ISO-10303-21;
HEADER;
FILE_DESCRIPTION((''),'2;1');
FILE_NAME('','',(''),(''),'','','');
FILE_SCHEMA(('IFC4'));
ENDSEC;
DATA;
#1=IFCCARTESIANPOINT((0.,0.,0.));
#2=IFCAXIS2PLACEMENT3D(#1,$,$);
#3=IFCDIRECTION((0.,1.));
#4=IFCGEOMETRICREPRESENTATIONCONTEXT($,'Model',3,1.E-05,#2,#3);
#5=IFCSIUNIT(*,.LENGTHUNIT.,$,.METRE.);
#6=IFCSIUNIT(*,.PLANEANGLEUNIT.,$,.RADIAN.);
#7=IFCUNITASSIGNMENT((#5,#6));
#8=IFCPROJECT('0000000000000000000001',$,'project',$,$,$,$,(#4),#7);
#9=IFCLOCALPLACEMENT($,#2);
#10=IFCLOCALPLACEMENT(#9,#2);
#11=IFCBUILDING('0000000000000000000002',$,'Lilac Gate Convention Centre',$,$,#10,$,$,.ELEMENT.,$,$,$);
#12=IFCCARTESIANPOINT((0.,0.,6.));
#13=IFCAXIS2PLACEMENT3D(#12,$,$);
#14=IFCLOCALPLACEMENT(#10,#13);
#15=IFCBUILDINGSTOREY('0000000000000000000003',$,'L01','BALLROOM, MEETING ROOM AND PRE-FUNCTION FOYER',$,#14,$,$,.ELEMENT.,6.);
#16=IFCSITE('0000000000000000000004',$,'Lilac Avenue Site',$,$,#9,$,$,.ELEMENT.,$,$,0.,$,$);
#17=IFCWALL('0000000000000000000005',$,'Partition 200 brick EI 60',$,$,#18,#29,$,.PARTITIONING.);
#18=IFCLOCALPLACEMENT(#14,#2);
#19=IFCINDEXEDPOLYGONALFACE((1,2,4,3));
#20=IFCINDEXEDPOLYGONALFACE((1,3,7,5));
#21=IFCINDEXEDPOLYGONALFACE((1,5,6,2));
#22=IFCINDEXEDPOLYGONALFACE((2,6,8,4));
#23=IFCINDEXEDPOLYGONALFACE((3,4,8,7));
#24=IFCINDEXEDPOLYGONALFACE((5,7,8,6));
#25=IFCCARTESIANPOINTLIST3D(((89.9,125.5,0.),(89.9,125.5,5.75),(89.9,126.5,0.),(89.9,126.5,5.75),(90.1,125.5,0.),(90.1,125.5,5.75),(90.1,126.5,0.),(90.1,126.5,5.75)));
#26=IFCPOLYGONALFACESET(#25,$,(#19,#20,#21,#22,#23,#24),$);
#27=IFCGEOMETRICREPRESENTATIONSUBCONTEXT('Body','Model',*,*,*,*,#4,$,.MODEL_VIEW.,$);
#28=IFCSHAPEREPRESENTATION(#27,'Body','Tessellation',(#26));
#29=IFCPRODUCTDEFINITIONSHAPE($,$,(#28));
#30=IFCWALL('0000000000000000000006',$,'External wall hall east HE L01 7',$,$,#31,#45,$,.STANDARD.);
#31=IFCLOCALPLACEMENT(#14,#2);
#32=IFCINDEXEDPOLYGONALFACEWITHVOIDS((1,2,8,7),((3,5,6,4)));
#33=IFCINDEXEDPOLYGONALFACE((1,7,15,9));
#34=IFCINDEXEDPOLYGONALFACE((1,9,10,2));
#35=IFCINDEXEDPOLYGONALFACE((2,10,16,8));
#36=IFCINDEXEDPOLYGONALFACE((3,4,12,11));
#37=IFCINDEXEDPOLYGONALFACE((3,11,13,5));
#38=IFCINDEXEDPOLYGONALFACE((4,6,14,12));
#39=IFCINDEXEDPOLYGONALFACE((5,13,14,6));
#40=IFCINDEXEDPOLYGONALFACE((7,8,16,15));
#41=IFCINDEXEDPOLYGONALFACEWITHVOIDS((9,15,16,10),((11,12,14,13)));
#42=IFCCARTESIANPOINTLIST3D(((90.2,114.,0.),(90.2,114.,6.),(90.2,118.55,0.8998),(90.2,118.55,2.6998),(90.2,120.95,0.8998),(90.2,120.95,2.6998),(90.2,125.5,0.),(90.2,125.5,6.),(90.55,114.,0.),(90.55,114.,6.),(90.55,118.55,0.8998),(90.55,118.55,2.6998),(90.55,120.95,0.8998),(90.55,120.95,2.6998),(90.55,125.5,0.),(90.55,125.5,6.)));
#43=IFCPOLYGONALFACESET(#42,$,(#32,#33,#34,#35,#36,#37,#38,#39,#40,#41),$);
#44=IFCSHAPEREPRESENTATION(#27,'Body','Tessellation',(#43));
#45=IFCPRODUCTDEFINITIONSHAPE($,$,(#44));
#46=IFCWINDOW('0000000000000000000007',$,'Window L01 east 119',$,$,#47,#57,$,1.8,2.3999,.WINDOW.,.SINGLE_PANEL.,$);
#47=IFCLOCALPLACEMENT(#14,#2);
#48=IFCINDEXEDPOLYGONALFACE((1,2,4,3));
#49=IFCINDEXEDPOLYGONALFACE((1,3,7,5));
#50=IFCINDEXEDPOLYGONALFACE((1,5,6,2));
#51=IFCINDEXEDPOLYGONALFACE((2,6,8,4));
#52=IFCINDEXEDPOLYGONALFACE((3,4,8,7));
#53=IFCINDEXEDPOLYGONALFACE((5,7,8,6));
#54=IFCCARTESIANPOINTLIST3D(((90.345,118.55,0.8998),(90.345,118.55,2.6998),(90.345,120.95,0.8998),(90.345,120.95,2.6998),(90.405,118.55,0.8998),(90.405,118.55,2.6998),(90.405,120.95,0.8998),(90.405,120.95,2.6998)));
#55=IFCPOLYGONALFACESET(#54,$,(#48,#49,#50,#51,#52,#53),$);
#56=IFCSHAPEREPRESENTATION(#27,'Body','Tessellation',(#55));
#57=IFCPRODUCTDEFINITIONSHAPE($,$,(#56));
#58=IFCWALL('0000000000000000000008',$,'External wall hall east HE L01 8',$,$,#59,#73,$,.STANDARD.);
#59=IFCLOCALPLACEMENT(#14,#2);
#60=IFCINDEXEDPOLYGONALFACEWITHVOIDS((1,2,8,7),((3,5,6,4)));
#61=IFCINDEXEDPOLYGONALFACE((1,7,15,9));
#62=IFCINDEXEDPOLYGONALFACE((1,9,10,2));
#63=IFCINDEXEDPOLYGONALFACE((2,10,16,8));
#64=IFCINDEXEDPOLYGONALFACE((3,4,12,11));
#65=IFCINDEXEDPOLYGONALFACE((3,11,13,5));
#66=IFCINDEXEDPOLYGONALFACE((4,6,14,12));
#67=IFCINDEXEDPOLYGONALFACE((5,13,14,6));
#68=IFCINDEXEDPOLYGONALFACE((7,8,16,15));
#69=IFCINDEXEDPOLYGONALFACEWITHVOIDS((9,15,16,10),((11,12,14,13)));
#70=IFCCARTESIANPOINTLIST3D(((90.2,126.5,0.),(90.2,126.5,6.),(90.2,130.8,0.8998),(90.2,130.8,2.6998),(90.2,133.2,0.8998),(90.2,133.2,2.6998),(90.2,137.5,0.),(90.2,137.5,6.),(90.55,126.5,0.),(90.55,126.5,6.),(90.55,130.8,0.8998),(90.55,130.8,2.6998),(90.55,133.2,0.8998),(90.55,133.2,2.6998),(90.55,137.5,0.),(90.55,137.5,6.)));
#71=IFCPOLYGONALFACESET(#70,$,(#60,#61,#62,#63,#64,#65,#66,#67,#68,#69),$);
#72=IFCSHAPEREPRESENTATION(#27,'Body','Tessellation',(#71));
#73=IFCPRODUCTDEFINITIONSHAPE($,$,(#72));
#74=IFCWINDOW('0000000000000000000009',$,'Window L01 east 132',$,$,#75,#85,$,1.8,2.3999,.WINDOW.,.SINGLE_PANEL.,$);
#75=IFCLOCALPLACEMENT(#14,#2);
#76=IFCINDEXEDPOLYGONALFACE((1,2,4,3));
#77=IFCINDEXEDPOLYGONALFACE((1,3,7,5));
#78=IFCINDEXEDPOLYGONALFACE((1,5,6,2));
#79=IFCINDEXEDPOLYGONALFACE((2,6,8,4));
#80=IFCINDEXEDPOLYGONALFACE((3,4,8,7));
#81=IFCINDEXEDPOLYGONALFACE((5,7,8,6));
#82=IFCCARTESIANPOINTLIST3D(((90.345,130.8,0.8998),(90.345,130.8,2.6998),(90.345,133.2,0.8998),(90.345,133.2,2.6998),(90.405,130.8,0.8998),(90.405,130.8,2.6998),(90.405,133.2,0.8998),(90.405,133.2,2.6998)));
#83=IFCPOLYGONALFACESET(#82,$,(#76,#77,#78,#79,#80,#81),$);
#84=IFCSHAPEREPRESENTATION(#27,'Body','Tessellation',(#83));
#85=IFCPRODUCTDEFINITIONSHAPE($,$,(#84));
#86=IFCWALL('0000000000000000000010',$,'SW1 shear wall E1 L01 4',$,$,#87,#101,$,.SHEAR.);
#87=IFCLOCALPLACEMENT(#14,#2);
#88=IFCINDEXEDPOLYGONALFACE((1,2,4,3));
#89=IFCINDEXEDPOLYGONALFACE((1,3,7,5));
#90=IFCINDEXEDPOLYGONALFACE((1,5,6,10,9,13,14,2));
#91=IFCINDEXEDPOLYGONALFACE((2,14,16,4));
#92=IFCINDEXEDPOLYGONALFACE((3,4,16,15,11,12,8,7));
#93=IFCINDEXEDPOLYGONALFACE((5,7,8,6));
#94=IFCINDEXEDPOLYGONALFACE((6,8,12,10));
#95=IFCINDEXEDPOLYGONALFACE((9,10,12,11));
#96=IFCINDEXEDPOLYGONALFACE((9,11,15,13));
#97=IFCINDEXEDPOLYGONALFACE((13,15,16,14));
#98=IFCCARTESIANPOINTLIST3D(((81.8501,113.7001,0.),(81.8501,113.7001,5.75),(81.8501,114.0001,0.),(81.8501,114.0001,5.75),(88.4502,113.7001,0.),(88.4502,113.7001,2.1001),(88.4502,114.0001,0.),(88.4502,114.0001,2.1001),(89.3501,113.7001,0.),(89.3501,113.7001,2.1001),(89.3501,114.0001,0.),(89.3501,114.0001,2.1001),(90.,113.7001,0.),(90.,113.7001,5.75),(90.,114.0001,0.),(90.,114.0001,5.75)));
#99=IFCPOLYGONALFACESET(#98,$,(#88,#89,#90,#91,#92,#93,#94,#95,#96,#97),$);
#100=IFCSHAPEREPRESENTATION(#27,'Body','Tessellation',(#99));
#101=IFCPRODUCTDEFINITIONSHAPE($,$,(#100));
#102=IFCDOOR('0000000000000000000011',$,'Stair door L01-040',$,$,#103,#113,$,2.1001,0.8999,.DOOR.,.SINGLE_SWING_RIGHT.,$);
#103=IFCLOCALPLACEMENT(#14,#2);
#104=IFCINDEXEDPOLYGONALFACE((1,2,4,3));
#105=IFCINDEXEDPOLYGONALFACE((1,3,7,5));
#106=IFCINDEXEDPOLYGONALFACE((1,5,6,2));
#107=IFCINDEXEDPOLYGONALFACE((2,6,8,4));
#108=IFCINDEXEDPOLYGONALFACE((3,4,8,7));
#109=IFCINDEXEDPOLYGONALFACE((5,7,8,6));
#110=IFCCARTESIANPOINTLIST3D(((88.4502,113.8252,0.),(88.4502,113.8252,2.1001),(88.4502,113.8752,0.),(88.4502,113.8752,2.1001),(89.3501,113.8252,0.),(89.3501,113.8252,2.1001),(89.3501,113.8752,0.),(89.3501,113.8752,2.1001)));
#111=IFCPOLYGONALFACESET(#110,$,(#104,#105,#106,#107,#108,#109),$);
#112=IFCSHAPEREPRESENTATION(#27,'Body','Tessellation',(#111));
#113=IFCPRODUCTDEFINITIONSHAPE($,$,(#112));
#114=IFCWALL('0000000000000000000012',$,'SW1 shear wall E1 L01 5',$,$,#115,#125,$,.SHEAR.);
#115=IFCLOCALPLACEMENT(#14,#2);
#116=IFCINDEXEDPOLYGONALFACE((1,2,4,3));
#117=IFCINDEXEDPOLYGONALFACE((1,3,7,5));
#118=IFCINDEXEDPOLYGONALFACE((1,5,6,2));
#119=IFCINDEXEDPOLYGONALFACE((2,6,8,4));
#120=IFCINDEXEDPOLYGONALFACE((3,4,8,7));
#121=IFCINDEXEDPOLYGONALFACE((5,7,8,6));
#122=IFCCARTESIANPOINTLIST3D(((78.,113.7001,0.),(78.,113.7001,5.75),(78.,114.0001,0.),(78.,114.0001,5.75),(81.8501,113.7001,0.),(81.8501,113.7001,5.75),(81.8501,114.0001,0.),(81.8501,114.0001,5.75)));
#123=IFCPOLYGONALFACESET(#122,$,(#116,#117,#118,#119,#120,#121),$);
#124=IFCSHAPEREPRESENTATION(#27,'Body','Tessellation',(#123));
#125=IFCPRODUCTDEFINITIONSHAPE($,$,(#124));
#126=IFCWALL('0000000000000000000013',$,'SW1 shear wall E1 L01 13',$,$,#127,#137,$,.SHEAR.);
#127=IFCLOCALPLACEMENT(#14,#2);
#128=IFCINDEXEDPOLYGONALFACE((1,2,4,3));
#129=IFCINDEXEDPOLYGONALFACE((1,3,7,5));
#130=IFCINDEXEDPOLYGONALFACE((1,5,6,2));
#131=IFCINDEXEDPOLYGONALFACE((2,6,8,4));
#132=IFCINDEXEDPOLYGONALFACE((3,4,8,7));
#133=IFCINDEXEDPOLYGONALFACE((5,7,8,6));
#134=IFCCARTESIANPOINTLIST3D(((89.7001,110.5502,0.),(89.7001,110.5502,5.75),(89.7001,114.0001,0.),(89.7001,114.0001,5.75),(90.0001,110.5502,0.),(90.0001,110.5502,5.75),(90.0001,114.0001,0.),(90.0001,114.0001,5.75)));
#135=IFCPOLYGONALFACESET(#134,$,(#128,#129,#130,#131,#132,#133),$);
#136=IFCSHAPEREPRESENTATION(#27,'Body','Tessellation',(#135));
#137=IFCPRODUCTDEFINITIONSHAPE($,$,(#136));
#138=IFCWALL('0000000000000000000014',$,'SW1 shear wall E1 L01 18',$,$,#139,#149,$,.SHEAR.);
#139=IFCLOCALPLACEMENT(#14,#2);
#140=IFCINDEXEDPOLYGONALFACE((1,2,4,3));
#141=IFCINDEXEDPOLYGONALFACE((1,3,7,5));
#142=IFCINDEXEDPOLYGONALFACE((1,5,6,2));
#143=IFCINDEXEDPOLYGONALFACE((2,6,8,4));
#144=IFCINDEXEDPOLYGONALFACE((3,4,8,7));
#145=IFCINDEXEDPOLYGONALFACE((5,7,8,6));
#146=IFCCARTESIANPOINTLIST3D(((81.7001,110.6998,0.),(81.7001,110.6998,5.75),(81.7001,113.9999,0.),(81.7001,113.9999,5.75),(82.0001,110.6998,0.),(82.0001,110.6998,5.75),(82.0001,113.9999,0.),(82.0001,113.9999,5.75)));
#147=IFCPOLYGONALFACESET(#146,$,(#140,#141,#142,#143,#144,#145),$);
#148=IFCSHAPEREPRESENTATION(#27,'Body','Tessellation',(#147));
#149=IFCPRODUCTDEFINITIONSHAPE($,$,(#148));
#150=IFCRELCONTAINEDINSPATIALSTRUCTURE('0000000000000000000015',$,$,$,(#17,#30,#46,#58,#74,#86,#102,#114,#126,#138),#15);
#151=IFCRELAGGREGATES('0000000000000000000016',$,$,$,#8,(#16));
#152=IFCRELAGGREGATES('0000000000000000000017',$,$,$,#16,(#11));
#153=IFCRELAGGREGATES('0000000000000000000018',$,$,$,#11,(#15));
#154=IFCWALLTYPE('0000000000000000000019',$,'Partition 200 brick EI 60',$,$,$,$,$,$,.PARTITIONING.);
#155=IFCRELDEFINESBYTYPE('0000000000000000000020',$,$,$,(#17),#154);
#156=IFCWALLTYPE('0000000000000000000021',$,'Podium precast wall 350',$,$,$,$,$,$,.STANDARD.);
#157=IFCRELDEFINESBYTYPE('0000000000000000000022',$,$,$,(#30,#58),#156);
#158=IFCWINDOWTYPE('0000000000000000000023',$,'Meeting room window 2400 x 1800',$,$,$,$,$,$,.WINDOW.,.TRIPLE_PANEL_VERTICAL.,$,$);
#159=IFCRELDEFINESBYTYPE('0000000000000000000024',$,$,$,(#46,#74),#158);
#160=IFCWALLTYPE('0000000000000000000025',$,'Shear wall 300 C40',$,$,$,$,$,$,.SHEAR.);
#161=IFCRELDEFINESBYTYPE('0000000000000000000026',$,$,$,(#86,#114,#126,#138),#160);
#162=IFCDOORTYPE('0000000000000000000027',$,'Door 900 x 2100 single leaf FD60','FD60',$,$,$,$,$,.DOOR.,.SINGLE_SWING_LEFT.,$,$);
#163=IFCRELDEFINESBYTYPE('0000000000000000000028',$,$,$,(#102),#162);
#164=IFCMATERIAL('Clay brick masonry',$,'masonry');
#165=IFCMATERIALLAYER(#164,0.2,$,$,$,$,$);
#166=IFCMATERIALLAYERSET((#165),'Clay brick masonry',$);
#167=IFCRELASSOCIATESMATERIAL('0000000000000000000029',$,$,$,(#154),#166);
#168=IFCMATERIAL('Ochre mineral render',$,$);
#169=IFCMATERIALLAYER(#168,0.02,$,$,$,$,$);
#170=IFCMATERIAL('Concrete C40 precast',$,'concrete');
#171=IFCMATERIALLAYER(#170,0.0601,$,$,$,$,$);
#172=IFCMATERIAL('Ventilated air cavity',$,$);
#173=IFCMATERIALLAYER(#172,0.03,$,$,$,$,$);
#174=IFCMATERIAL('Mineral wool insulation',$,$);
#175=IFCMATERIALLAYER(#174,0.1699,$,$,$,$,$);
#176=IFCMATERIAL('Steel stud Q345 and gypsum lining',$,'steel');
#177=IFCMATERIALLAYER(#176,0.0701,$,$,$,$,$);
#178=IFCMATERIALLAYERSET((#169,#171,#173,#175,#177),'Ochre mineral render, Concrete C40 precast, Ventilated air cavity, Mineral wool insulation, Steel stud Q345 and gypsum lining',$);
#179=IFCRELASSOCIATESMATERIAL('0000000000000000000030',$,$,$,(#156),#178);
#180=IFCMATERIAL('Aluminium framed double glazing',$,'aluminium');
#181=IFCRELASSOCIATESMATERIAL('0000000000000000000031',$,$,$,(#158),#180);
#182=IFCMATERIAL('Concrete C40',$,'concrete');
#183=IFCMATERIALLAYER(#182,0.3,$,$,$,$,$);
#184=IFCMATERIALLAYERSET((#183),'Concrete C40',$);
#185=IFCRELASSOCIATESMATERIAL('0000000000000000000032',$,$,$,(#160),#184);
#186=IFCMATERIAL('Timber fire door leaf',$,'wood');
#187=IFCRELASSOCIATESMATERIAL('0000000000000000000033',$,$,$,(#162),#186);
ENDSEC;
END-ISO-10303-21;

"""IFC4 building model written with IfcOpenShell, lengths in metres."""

from ifc_helpers import new_model, si_unit, direction, frame, frame_2d, origin, place, context, subcontext, project, spatial, rectangle, extrude, material, layer, layer_set, type_object, element, fill, save


model = new_model("IFC4")

# Units and contexts
model_context = context("Model", 3, precision=1e-05, world=origin(), true_north=direction((0.0, 1.0)))
body_context = subcontext(model_context, "Body", "Model", "MODEL_VIEW")
ifc_project = project(units=[si_unit("LENGTHUNIT", "METRE"), si_unit("PLANEANGLEUNIT", "RADIAN")], contexts=[model_context])

# Site, building, storey
site_placement = place(None, origin())
site = spatial("IfcSite", under=ifc_project, at=site_placement, Name="Lilac Avenue Site", CompositionType="ELEMENT", RefElevation=0.0)
building_placement = place(site_placement, origin())
building = spatial("IfcBuilding", under=site, at=building_placement, Name="Lilac Gate Convention Centre", CompositionType="ELEMENT")
storey_placement = place(building_placement, frame((0.0, 0.0, 6.0)))
storey = spatial("IfcBuildingStorey", under=building, at=storey_placement, Name="L01", Description="BALLROOM, MEETING ROOM AND PRE-FUNCTION FOYER", CompositionType="ELEMENT", Elevation=6.0)

# Shared definitions
ifc_material_1 = material(Name="Concrete C40", Category="concrete")

# Shared definitions
ifc_material_2 = material(Name="Clay brick masonry", Category="masonry")
ifc_layer_1 = layer(ifc_material_2, 0.2)
ifc_layer_set_1 = layer_set([ifc_layer_1], Name="Clay brick masonry")
wall_type_1 = type_object("IfcWallType", Name="Partition 200 brick EI 60", PredefinedType="PARTITIONING", material=ifc_layer_set_1)
ifc_material_3 = material(Name="Timber fire door leaf", Category="wood")

# Wall
wall_1_placement = place(storey_placement, frame((90.0, 125.5, 0.0), z_axis=(0.0, 0.0, 1.0), x_axis=(0.0, 1.0, 0.0)))
element("IfcWall", 1, at=wall_1_placement, inside=storey, type_object=wall_type_1, Name="Partition 200 brick EI 60", PredefinedType="PARTITIONING", context=body_context, shape_type="SweptSolid", body=[
    extrude(rectangle(XDim=1.0, YDim=0.2, at=frame_2d((0.5, 0.0))), origin(), (0.0, 0.0, 1.0), 5.75),
])

# Walls, openings, windows
ifc_material_4 = material(Name="Ochre mineral render")
ifc_layer_2 = layer(ifc_material_4, 0.02)
ifc_material_5 = material(Name="Concrete C40 precast", Category="concrete")
ifc_layer_3 = layer(ifc_material_5, 0.0601)
ifc_material_6 = material(Name="Ventilated air cavity")
ifc_layer_4 = layer(ifc_material_6, 0.03)
ifc_material_7 = material(Name="Mineral wool insulation")
ifc_layer_5 = layer(ifc_material_7, 0.1699)
ifc_material_8 = material(Name="Steel stud Q345 and gypsum lining", Category="steel")
ifc_layer_6 = layer(ifc_material_8, 0.0701)
ifc_layer_set_2 = layer_set([ifc_layer_2, ifc_layer_3, ifc_layer_4, ifc_layer_5, ifc_layer_6], Name="Ochre mineral render, Concrete C40 precast, Ventilated air cavity, Mineral wool insulation, Steel stud Q345 and gypsum lining")
wall_type_2 = type_object("IfcWallType", Name="Podium precast wall 350", PredefinedType="STANDARD", material=ifc_layer_set_2)
wall_2_placement = place(storey_placement, frame((90.375, 114.0, 0.0), z_axis=(0.0, 0.0, 1.0), x_axis=(0.0, 1.0, 0.0)))
wall_2 = element("IfcWall", 2, at=wall_2_placement, inside=storey, type_object=wall_type_2, Name="External wall hall east HE L01 7", PredefinedType="STANDARD", context=body_context, shape_type="SweptSolid", body=[
    extrude(rectangle(XDim=11.5, YDim=0.3501, at=frame_2d((5.75, 0.0))), origin(), (0.0, 0.0, 1.0), 6.0),
])
opening_1_placement = place(wall_2_placement, frame((4.55, 0.0, 0.8999)))
opening_1 = element("IfcOpeningElement", 3, at=opening_1_placement, cuts=wall_2, PredefinedType="OPENING", context=body_context, shape_type="SweptSolid", body=[
    extrude(rectangle(XDim=2.3999, YDim=1.8, at=frame_2d((1.2, 0.8999))), frame((0.0, 0.1851, 0.0), z_axis=(0.0, -1.0, 0.0), x_axis=(1.0, 0.0, 0.0)), (0.0, 0.0, 1.0), 0.3701),
])
ifc_material_9 = material(Name="Aluminium framed double glazing", Category="aluminium")
window_type = type_object("IfcWindowType", Name="Meeting room window 2400 x 1800", PartitioningType="TRIPLE_PANEL_VERTICAL", PredefinedType="WINDOW", material=ifc_material_9)
window_1_placement = place(opening_1_placement, origin())
window_1 = element("IfcWindow", 4, at=window_1_placement, inside=storey, type_object=window_type, Name="Window L01 east 119", OverallHeight=1.8, OverallWidth=2.3999, PartitioningType="SINGLE_PANEL", PredefinedType="WINDOW", context=body_context, shape_type="SweptSolid", body=[
    extrude(rectangle(XDim=2.3999, YDim=1.8, at=frame_2d((1.2, 0.8999))), frame((0.0, 0.03, 0.0), z_axis=(0.0, -1.0, 0.0), x_axis=(1.0, 0.0, 0.0)), (0.0, 0.0, 1.0), 0.0601),
])
fill(opening_1, window_1)
wall_3_placement = place(storey_placement, frame((90.375, 126.5, 0.0), z_axis=(0.0, 0.0, 1.0), x_axis=(0.0, 1.0, 0.0)))
wall_3 = element("IfcWall", 5, at=wall_3_placement, inside=storey, type_object=wall_type_2, Name="External wall hall east HE L01 8", PredefinedType="STANDARD", context=body_context, shape_type="SweptSolid", body=[
    extrude(rectangle(XDim=11.0, YDim=0.3501, at=frame_2d((5.5, 0.0))), origin(), (0.0, 0.0, 1.0), 6.0),
])
opening_2_placement = place(wall_3_placement, frame((4.3, 0.0, 0.8999)))
opening_2 = element("IfcOpeningElement", 6, at=opening_2_placement, cuts=wall_3, PredefinedType="OPENING", context=body_context, shape_type="SweptSolid", body=[
    extrude(rectangle(XDim=2.3999, YDim=1.8, at=frame_2d((1.2, 0.8999))), frame((0.0, 0.1851, 0.0), z_axis=(0.0, -1.0, 0.0), x_axis=(1.0, 0.0, 0.0)), (0.0, 0.0, 1.0), 0.3701),
])
window_2_placement = place(opening_2_placement, origin())
window_2 = element("IfcWindow", 7, at=window_2_placement, inside=storey, type_object=window_type, Name="Window L01 east 132", OverallHeight=1.8, OverallWidth=2.3999, PartitioningType="SINGLE_PANEL", PredefinedType="WINDOW", context=body_context, shape_type="SweptSolid", body=[
    extrude(rectangle(XDim=2.3999, YDim=1.8, at=frame_2d((1.2, 0.8999))), frame((0.0, 0.03, 0.0), z_axis=(0.0, -1.0, 0.0), x_axis=(1.0, 0.0, 0.0)), (0.0, 0.0, 1.0), 0.0601),
])
fill(opening_2, window_2)

# Wall, opening, door
ifc_layer_7 = layer(ifc_material_1, 0.3)
ifc_layer_set_3 = layer_set([ifc_layer_7], Name="Concrete C40")
wall_type_3 = type_object("IfcWallType", Name="Shear wall 300 C40", PredefinedType="SHEAR", material=ifc_layer_set_3)
wall_4_placement = place(storey_placement, frame((90.0, 113.8501, 0.0), z_axis=(0.0, 0.0, 1.0), x_axis=(-1.0, 0.0, 0.0)))
wall_4 = element("IfcWall", 8, at=wall_4_placement, inside=storey, type_object=wall_type_3, Name="SW1 shear wall E1 L01 4", PredefinedType="SHEAR", context=body_context, shape_type="SweptSolid", body=[
    extrude(rectangle(XDim=8.1499, YDim=0.3, at=frame_2d((4.075, 0.0))), origin(), (0.0, 0.0, 1.0), 5.75),
])
opening_3_placement = place(wall_4_placement, frame((0.6499, 0.0, 0.0)))
opening_3 = element("IfcOpeningElement", 9, at=opening_3_placement, cuts=wall_4, PredefinedType="OPENING", context=body_context, shape_type="SweptSolid", body=[
    extrude(rectangle(XDim=0.8999, YDim=2.1001, at=frame_2d((0.45, 1.05))), frame((0.0, 0.1599, 0.0), z_axis=(0.0, -1.0, 0.0), x_axis=(1.0, 0.0, 0.0)), (0.0, 0.0, 1.0), 0.3201),
])
door_type_1 = type_object("IfcDoorType", Name="Door 900 x 2100 single leaf FD60", Description="FD60", OperationType="SINGLE_SWING_LEFT", PredefinedType="DOOR", material=ifc_material_3)
door_1_placement = place(opening_3_placement, origin())
door_1 = element("IfcDoor", 10, at=door_1_placement, inside=storey, type_object=door_type_1, Name="Stair door L01-040", OperationType="SINGLE_SWING_RIGHT", OverallHeight=2.1001, OverallWidth=0.8999, PredefinedType="DOOR", context=body_context, shape_type="SweptSolid", body=[
    extrude(rectangle(XDim=0.8999, YDim=2.1001, at=frame_2d((0.45, 1.05))), frame((0.0, 0.0249, 0.0), z_axis=(0.0, -1.0, 0.0), x_axis=(1.0, 0.0, 0.0)), (0.0, 0.0, 1.0), 0.05),
])
fill(opening_3, door_1)

# Walls
wall_5_placement = place(storey_placement, frame((81.8501, 113.8501, 0.0), z_axis=(0.0, 0.0, 1.0), x_axis=(-1.0, 0.0, 0.0)))
element("IfcWall", 11, at=wall_5_placement, inside=storey, type_object=wall_type_3, Name="SW1 shear wall E1 L01 5", PredefinedType="SHEAR", context=body_context, shape_type="SweptSolid", body=[
    extrude(rectangle(XDim=3.8501, YDim=0.3, at=frame_2d((1.925, 0.0))), origin(), (0.0, 0.0, 1.0), 5.75),
])
wall_6_placement = place(storey_placement, frame((89.8501, 110.55, 0.0), z_axis=(0.0, 0.0, 1.0), x_axis=(0.0, 1.0, 0.0)))
element("IfcWall", 12, at=wall_6_placement, inside=storey, type_object=wall_type_3, Name="SW1 shear wall E1 L01 13", PredefinedType="SHEAR", context=body_context, shape_type="SweptSolid", body=[
    extrude(rectangle(XDim=3.45, YDim=0.3, at=frame_2d((1.7251, 0.0))), origin(), (0.0, 0.0, 1.0), 5.75),
])
wall_7_placement = place(storey_placement, frame((81.8501, 110.7, 0.0), z_axis=(0.0, 0.0, 1.0), x_axis=(0.0, 1.0, 0.0)))
element("IfcWall", 13, at=wall_7_placement, inside=storey, type_object=wall_type_3, Name="SW1 shear wall E1 L01 18", PredefinedType="SHEAR", context=body_context, shape_type="SweptSolid", body=[
    extrude(rectangle(XDim=3.3, YDim=0.3, at=frame_2d((1.6499, 0.0))), origin(), (0.0, 0.0, 1.0), 5.75),
])

save(model, "model.ifc")
